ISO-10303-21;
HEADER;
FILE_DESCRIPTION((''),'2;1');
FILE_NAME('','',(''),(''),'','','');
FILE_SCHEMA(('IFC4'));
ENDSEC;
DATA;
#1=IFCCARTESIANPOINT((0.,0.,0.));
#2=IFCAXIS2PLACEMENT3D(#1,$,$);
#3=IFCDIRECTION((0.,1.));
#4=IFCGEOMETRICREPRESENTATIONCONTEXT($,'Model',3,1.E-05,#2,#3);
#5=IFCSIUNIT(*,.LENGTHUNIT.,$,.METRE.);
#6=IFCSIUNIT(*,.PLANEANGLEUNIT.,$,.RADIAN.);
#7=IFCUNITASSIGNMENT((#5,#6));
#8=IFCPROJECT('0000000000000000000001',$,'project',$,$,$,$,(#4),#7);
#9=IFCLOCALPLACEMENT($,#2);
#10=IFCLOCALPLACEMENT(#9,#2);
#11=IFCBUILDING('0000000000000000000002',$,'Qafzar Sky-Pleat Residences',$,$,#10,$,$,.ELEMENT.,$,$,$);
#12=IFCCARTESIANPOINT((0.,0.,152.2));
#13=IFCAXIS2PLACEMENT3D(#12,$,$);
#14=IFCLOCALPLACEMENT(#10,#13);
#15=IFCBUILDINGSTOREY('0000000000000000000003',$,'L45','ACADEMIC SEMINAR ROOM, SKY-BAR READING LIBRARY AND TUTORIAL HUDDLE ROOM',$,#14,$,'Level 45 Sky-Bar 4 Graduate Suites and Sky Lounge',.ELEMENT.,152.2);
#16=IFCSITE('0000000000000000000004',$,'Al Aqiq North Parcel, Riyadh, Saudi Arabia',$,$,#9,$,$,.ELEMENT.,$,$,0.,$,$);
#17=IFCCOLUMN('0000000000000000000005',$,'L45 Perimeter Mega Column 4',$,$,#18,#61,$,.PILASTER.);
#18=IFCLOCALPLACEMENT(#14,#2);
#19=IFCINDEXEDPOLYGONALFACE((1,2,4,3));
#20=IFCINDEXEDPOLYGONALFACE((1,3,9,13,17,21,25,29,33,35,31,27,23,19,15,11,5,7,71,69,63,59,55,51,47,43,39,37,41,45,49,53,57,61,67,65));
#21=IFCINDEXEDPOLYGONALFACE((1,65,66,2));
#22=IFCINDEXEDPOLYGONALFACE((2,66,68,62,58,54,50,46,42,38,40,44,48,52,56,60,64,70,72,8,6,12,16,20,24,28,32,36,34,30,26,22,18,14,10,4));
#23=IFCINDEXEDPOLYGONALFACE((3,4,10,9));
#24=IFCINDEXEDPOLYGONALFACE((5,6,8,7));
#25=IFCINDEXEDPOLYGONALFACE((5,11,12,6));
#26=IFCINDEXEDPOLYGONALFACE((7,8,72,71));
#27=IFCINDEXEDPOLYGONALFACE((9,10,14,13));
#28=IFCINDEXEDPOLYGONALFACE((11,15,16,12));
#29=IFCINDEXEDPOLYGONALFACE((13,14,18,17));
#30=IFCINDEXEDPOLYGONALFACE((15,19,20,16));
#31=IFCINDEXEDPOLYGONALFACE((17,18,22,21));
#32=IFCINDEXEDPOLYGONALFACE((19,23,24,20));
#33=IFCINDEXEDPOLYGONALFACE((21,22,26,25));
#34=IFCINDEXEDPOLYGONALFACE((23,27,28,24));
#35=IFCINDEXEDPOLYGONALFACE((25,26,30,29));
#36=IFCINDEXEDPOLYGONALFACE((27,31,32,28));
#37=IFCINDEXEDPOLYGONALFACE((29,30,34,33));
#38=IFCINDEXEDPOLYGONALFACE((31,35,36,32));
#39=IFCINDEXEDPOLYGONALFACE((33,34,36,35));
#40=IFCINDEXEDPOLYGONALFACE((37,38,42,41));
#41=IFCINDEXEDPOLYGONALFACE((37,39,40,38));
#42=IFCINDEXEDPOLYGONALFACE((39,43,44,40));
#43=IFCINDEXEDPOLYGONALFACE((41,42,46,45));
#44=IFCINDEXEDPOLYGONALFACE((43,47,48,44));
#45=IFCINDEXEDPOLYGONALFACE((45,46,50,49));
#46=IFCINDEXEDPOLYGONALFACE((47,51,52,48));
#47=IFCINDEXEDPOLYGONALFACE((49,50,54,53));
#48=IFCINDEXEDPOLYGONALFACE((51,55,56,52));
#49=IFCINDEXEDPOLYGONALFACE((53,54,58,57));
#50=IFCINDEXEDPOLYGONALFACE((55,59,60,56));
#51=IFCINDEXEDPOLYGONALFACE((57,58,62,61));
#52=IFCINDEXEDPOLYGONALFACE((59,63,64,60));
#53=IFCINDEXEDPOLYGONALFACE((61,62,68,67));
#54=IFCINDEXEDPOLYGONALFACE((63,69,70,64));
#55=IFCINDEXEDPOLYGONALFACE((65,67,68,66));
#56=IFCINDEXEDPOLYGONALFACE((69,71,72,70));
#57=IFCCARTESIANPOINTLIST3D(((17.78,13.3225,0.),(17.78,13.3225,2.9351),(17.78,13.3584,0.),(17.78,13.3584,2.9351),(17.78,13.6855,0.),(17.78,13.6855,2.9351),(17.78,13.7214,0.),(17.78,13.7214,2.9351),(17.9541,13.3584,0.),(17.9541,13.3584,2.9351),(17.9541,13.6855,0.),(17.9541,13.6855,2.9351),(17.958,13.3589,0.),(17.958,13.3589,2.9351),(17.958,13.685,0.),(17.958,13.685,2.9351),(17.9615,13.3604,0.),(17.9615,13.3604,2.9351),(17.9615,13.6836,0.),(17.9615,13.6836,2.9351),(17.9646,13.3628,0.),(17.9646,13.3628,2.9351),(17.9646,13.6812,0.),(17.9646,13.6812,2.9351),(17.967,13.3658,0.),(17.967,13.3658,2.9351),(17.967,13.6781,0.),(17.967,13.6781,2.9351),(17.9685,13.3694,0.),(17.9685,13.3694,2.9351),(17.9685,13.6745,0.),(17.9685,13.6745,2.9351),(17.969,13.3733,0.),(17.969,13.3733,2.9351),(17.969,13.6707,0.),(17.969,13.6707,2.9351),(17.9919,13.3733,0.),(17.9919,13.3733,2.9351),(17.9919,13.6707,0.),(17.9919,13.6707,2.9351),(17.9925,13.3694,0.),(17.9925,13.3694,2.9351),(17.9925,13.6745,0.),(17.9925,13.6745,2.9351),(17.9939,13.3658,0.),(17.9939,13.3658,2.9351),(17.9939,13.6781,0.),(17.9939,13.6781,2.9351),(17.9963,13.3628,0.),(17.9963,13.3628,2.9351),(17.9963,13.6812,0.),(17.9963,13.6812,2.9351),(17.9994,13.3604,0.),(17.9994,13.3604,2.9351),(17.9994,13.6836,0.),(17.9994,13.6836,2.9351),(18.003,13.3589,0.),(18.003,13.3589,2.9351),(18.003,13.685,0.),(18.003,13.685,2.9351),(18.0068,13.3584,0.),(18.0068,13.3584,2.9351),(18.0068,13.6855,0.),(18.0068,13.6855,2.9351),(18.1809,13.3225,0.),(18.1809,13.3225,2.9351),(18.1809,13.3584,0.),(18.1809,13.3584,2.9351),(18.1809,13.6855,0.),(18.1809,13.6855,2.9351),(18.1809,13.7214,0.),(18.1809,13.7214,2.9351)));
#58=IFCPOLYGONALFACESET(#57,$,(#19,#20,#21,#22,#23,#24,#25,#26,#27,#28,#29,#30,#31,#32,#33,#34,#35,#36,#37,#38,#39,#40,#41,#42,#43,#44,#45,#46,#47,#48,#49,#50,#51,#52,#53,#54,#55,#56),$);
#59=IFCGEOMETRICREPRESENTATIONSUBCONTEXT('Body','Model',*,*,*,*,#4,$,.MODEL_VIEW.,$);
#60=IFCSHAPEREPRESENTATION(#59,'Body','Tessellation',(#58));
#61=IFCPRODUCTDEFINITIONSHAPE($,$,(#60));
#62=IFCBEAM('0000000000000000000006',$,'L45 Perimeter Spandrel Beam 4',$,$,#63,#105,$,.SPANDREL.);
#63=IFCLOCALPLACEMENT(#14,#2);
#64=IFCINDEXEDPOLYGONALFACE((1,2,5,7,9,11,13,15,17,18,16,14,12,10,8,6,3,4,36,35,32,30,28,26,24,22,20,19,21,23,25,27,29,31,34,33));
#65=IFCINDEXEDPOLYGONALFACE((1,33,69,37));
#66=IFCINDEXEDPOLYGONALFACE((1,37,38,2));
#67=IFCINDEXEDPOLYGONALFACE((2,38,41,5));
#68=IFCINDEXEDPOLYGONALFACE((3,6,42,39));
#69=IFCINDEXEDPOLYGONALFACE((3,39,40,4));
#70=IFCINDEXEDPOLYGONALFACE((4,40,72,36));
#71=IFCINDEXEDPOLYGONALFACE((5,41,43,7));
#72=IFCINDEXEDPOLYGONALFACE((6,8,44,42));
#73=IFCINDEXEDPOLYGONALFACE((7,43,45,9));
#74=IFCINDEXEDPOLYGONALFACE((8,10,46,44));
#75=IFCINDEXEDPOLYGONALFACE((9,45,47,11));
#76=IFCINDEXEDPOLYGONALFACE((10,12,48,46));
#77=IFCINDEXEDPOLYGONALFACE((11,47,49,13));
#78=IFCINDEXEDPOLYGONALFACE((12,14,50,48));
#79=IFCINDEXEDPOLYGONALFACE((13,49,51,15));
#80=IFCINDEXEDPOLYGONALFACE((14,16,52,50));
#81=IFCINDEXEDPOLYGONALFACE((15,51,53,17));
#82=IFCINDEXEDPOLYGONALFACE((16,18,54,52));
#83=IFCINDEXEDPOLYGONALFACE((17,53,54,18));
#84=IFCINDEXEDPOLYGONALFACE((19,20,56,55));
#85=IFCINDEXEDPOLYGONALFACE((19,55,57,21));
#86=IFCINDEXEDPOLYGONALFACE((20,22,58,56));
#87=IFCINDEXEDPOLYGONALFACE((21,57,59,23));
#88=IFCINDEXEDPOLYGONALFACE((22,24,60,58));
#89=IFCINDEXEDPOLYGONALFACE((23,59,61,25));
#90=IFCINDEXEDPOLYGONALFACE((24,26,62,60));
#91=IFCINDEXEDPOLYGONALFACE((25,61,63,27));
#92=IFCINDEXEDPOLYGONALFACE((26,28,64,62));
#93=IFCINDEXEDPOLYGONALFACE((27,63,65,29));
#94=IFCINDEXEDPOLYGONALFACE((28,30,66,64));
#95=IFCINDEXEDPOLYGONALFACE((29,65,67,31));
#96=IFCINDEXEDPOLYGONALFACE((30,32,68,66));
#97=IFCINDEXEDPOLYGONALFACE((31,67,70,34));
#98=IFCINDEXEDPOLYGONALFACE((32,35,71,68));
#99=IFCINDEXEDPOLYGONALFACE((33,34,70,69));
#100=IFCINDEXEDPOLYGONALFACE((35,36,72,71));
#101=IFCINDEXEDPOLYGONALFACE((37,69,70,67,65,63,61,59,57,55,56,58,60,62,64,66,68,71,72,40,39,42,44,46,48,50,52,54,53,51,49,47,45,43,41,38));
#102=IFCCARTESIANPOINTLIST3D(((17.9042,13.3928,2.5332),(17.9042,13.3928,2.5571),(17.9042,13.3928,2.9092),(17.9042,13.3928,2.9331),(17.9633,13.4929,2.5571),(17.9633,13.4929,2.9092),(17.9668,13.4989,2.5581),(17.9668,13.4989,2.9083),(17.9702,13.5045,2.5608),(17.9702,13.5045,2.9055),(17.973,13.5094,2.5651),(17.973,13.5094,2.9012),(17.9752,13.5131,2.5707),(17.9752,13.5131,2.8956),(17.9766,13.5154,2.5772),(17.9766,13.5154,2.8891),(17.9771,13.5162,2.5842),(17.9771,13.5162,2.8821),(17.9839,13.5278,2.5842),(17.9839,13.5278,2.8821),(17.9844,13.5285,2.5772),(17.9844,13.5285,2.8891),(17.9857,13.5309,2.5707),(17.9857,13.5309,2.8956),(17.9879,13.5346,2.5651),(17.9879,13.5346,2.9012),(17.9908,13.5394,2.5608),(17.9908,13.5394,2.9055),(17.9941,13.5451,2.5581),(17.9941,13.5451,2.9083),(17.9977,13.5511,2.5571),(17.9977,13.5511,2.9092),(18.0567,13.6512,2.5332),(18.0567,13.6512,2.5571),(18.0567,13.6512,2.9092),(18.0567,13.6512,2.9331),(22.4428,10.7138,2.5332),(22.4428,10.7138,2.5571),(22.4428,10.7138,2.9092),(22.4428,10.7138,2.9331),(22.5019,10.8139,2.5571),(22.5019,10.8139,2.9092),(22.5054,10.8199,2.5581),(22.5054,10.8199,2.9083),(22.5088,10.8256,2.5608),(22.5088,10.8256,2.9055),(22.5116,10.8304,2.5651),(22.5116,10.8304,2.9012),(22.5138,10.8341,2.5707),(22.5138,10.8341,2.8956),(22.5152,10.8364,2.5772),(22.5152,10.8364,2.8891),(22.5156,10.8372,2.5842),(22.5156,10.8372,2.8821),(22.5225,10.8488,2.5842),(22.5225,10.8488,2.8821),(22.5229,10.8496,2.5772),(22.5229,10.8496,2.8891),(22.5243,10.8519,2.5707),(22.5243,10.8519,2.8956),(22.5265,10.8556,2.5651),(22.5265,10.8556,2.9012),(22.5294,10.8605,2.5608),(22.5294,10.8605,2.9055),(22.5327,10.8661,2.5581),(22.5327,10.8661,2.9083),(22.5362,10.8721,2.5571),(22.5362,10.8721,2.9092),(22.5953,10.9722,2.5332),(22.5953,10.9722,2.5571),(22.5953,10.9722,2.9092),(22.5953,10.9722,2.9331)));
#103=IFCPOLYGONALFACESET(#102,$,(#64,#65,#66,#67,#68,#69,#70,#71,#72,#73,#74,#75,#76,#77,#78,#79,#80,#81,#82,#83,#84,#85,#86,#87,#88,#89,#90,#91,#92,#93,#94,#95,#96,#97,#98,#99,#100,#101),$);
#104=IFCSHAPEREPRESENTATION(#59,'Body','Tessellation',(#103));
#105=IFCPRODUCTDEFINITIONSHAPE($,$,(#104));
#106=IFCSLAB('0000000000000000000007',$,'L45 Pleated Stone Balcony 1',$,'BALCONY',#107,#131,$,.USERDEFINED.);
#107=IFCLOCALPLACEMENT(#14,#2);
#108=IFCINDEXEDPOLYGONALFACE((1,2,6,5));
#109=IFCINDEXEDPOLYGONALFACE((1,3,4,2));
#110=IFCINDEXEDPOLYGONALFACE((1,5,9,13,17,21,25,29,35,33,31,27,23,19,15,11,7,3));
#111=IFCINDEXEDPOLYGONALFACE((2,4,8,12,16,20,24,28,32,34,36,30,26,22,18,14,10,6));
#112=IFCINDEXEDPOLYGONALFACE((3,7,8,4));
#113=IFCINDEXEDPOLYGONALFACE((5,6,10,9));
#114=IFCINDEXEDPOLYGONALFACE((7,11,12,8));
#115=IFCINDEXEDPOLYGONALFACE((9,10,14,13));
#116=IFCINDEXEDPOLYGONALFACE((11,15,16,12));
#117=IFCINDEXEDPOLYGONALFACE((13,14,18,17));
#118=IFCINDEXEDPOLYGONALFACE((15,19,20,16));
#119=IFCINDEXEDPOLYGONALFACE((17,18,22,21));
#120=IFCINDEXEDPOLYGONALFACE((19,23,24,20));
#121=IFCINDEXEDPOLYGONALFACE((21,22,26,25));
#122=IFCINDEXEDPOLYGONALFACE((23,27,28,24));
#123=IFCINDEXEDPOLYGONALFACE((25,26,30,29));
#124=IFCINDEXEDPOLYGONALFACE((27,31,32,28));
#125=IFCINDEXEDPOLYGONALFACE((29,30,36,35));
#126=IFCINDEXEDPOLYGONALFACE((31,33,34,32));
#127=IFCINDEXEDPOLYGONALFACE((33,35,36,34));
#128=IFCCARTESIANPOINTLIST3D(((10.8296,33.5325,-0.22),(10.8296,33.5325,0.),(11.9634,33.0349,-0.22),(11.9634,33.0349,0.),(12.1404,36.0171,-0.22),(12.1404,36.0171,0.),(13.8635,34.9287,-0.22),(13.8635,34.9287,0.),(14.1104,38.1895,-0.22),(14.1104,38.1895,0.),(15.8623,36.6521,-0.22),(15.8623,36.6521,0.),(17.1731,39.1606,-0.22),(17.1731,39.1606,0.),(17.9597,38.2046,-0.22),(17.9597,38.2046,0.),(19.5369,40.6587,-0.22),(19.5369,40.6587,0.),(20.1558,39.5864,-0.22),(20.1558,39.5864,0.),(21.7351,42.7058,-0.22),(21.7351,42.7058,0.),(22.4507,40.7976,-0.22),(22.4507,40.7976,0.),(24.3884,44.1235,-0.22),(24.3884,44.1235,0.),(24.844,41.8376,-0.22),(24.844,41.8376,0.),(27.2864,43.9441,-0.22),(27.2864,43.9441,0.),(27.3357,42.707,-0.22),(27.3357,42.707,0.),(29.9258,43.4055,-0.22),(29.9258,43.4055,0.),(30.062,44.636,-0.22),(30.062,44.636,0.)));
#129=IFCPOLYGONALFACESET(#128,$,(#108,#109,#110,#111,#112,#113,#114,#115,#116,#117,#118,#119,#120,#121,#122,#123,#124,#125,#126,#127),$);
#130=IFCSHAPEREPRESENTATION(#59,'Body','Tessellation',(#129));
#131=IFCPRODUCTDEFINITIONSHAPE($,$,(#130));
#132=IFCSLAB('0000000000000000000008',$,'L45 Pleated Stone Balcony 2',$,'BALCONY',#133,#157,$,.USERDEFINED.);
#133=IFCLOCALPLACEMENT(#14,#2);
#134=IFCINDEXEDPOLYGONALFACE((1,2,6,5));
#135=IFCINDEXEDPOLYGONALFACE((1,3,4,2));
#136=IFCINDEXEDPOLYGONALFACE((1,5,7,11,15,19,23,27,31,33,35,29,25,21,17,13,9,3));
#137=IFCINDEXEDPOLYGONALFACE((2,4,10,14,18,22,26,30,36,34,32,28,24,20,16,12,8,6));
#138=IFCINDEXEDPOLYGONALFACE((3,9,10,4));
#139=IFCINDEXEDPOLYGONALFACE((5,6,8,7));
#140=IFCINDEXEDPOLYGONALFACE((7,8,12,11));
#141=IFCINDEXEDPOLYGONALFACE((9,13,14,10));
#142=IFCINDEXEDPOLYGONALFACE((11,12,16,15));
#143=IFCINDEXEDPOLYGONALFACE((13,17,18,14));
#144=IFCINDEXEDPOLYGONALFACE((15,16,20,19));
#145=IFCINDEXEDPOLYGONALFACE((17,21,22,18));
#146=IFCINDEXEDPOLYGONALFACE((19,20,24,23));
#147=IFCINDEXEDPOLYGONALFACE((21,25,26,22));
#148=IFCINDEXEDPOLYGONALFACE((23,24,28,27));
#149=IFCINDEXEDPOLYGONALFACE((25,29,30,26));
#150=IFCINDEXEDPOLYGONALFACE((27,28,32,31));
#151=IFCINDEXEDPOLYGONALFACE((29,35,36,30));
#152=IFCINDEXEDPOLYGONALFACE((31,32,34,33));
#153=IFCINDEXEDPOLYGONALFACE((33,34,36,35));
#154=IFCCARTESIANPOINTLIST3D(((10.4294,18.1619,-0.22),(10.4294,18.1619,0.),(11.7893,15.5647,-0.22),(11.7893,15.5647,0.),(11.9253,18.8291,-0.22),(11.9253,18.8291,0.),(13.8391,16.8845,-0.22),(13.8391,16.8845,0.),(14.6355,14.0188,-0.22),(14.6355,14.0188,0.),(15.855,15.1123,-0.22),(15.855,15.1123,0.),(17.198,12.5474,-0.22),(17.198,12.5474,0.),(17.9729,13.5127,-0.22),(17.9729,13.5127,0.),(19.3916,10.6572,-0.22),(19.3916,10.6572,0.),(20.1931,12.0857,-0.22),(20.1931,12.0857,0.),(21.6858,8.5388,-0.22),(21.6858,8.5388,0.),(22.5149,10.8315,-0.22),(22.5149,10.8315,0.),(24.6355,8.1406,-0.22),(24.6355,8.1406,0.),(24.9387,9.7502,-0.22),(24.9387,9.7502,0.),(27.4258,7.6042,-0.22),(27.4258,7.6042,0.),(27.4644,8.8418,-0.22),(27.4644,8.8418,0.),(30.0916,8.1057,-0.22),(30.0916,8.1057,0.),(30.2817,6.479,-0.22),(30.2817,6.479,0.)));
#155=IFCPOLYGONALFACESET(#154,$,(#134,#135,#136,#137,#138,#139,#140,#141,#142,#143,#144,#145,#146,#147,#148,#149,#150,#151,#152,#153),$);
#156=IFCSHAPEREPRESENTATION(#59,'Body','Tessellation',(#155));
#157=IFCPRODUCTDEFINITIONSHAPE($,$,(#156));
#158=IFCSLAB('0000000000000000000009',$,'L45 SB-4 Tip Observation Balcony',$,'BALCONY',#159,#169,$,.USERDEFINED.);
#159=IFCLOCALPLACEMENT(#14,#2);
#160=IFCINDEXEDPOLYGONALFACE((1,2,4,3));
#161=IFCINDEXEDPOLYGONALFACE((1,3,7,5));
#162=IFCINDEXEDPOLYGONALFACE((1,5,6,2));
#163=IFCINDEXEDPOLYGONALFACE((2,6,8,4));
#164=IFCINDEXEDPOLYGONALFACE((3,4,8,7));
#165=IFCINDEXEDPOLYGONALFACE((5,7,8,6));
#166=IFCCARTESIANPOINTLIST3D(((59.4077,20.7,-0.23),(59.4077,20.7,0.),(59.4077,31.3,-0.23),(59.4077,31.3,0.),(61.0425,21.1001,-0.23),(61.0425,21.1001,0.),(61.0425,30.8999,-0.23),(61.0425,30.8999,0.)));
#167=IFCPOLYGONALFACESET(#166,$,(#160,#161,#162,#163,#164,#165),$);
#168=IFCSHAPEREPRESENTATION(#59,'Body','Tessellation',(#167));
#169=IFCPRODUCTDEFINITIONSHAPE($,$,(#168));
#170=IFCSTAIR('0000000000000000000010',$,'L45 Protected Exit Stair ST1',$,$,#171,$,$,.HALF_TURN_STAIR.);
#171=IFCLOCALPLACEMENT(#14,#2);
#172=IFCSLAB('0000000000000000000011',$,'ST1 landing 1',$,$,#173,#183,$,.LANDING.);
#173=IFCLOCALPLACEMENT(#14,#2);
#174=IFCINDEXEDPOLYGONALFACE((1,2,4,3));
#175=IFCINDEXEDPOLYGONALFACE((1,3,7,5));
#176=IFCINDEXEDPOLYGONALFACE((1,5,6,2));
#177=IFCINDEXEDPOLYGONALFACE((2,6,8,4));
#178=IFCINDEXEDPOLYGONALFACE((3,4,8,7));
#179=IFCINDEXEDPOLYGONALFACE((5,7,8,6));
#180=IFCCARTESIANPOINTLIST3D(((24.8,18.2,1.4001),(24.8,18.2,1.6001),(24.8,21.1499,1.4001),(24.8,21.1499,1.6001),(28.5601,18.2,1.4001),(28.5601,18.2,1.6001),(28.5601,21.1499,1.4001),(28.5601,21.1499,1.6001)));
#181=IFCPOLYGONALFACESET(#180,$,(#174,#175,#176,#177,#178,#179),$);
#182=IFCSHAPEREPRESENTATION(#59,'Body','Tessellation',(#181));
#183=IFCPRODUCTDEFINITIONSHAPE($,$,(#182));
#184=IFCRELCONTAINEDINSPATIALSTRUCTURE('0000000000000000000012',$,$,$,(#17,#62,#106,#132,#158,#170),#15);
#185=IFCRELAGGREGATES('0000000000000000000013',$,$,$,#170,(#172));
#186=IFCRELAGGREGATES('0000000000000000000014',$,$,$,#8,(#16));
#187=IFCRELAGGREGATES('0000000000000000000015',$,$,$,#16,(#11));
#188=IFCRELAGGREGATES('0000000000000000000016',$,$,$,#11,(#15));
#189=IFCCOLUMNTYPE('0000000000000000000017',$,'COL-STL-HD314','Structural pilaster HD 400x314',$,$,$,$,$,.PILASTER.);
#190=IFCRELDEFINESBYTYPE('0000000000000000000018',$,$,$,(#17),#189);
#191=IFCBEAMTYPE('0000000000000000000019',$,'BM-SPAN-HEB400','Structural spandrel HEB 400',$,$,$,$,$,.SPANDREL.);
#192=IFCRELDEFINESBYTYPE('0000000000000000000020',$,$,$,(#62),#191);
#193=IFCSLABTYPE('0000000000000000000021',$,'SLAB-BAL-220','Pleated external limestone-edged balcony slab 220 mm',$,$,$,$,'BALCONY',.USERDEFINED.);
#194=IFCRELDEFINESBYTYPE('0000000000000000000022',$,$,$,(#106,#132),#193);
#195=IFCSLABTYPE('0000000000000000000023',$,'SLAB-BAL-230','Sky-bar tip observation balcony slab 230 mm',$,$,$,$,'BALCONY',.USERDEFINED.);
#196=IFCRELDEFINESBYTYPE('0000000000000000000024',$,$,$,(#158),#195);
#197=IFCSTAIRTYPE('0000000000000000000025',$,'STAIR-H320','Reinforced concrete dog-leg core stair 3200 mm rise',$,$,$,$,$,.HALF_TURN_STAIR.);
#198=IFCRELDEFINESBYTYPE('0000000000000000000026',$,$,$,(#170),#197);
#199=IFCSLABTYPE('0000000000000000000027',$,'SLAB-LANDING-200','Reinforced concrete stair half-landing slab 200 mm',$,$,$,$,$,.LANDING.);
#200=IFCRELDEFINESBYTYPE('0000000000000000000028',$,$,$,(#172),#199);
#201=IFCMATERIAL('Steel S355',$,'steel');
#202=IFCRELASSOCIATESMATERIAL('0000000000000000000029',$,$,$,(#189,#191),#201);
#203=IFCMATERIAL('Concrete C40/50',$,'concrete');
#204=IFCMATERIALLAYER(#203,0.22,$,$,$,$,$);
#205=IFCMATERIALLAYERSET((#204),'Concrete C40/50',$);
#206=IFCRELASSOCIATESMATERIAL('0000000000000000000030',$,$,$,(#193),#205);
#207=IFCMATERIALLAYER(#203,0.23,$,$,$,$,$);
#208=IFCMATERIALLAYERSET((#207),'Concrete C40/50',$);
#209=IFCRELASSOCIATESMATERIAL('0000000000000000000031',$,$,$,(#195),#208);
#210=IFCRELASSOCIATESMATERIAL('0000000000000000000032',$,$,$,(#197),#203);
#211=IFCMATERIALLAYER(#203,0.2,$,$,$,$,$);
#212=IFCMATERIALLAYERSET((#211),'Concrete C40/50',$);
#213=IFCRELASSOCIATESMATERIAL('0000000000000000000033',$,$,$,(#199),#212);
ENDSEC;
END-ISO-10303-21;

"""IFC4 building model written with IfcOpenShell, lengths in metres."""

from ifc_helpers import new_model, si_unit, direction, frame, origin, origin_2d, place, context, subcontext, project, spatial, polyline, i_section, outline, extrude, source, transform, mapped, material, layer, layer_set, material_profile, profile_set, type_object, element, aggregate, save


model = new_model("IFC4")

# Units and contexts
model_context = context("Model", 3, precision=1e-05, world=origin(), true_north=direction((0.0, 1.0)))
body_context = subcontext(model_context, "Body", "Model", "MODEL_VIEW")
ifc_project = project(units=[si_unit("LENGTHUNIT", "METRE"), si_unit("PLANEANGLEUNIT", "RADIAN")], contexts=[model_context])

# Site, building, storey
site_placement = place(None, origin())
site = spatial("IfcSite", under=ifc_project, at=site_placement, Name="Al Aqiq North Parcel, Riyadh, Saudi Arabia", CompositionType="ELEMENT", RefElevation=0.0)
building_placement = place(site_placement, origin())
building = spatial("IfcBuilding", under=site, at=building_placement, Name="Qafzar Sky-Pleat Residences", CompositionType="ELEMENT")
storey_placement = place(building_placement, frame((0.0, 0.0, 152.2)))
storey = spatial("IfcBuildingStorey", under=building, at=storey_placement, Name="L45", Description="ACADEMIC SEMINAR ROOM, SKY-BAR READING LIBRARY AND TUTORIAL HUDDLE ROOM", LongName="Level 45 Sky-Bar 4 Graduate Suites and Sky Lounge", CompositionType="ELEMENT", Elevation=152.2)

# Column
ifc_material_1 = material(Name="Steel S355", Category="steel")
ifc_material_profile_1 = material_profile(ifc_material_1, i_section(OverallWidth=0.4009, OverallDepth=0.3989, WebThickness=0.0229, FlangeThickness=0.0359, FilletRadius=0.0149, at=origin_2d()), Name="HD 400x314")
ifc_profile_set_1 = profile_set([ifc_material_profile_1], Name="Steel S355")
column_type = type_object("IfcColumnType", Name="COL-STL-HD314", Description="Structural pilaster HD 400x314", PredefinedType="PILASTER", material=ifc_profile_set_1)
shared_shape_1 = source(origin(), body_context, "Body", "SweptSolid", [
    extrude(i_section(OverallWidth=0.4009, OverallDepth=0.3989, WebThickness=0.0229, FlangeThickness=0.0359, FilletRadius=0.0149, at=origin_2d()), origin(), (0.0, 0.0, 1.0), 2.9351),
])
column_placement = place(storey_placement, frame((17.9805, 13.522, 0.0), z_axis=(0.0, 0.0, 1.0), x_axis=(1.0, 0.0, 0.0)))
element("IfcColumn", 1, at=column_placement, inside=storey, type_object=column_type, Name="L45 Perimeter Mega Column 4", PredefinedType="PILASTER", context=body_context, shape_type="MappedRepresentation", body=[
    mapped(shared_shape_1, transform((0.0, 0.0, 0.0), x_axis=(1.0, 0.0, 0.0), y_axis=(0.0, 1.0, 0.0), z_axis=(0.0, 0.0, 1.0), scale=1.0)),
])

# Beam
ifc_material_profile_2 = material_profile(ifc_material_1, i_section(OverallWidth=0.3, OverallDepth=0.3999, WebThickness=0.0134, FlangeThickness=0.0239, FilletRadius=0.0271, at=origin_2d()), Name="HEB 400")
ifc_profile_set_2 = profile_set([ifc_material_profile_2], Name="Steel S355")
beam_type = type_object("IfcBeamType", Name="BM-SPAN-HEB400", Description="Structural spandrel HEB 400", PredefinedType="SPANDREL", material=ifc_profile_set_2)
shared_shape_2 = source(origin(), body_context, "Body", "SweptSolid", [
    extrude(i_section(OverallWidth=0.3, OverallDepth=0.3999, WebThickness=0.0134, FlangeThickness=0.0239, FilletRadius=0.0271, at=origin_2d()), origin(), (0.0, 0.0, 1.0), 5.2703),
])
beam_placement = place(storey_placement, frame((17.9805, 13.522, 2.7332), z_axis=(0.86117, -0.508317, 0.0), x_axis=(0.508317, 0.86117, 0.0)))
element("IfcBeam", 2, at=beam_placement, inside=storey, type_object=beam_type, Name="L45 Perimeter Spandrel Beam 4", PredefinedType="SPANDREL", context=body_context, shape_type="MappedRepresentation", body=[
    mapped(shared_shape_2, transform((0.0, 0.0, 0.0), x_axis=(1.0, 0.0, 0.0), y_axis=(0.0, 1.0, 0.0), z_axis=(0.0, 0.0, 1.0), scale=1.0)),
])

# Slabs
ifc_material_2 = material(Name="Concrete C40/50", Category="concrete")
ifc_layer_1 = layer(ifc_material_2, 0.22)
ifc_layer_set_1 = layer_set([ifc_layer_1], Name="Concrete C40/50")
slab_type_1 = type_object("IfcSlabType", Name="SLAB-BAL-220", Description="Pleated external limestone-edged balcony slab 220 mm", ElementType="BALCONY", PredefinedType="USERDEFINED", material=ifc_layer_set_1)
slab_1_placement = place(storey_placement, frame((0.0, 0.0, -0.22)))
element("IfcSlab", 3, at=slab_1_placement, inside=storey, type_object=slab_type_1, Name="L45 Pleated Stone Balcony 1", ObjectType="BALCONY", PredefinedType="USERDEFINED", context=body_context, shape_type="SweptSolid", body=[
    extrude(outline(polyline([(27.3357, 42.707), (24.844, 41.8376), (22.4507, 40.7976), (20.1558, 39.5864), (17.9597, 38.2046), (15.8623, 36.6521), (13.8635, 34.9287), (11.9634, 33.0349), (10.8296, 33.5325), (12.1404, 36.0171), (14.1104, 38.1895), (17.1731, 39.1606), (19.5369, 40.6587), (21.7351, 42.7058), (24.3884, 44.1235), (27.2864, 43.9441), (30.062, 44.636), (29.9258, 43.4055), (27.3357, 42.707)])), origin(), (0.0, 0.0, 1.0), 0.22),
])
slab_2_placement = place(storey_placement, frame((0.0, 0.0, -0.22)))
element("IfcSlab", 4, at=slab_2_placement, inside=storey, type_object=slab_type_1, Name="L45 Pleated Stone Balcony 2", ObjectType="BALCONY", PredefinedType="USERDEFINED", context=body_context, shape_type="SweptSolid", body=[
    extrude(outline(polyline([(13.8391, 16.8845), (15.855, 15.1123), (17.9729, 13.5127), (20.1931, 12.0857), (22.5149, 10.8315), (24.9387, 9.7502), (27.4644, 8.8418), (30.0916, 8.1057), (30.2817, 6.479), (27.4258, 7.6042), (24.6355, 8.1406), (21.6858, 8.5388), (19.3916, 10.6572), (17.198, 12.5474), (14.6355, 14.0188), (11.7893, 15.5647), (10.4294, 18.1619), (11.9253, 18.8291), (13.8391, 16.8845)])), origin(), (0.0, 0.0, 1.0), 0.22),
])
ifc_layer_2 = layer(ifc_material_2, 0.23)
ifc_layer_set_2 = layer_set([ifc_layer_2], Name="Concrete C40/50")
slab_type_2 = type_object("IfcSlabType", Name="SLAB-BAL-230", Description="Sky-bar tip observation balcony slab 230 mm", ElementType="BALCONY", PredefinedType="USERDEFINED", material=ifc_layer_set_2)
slab_3_placement = place(storey_placement, frame((0.0, 0.0, -0.23)))
element("IfcSlab", 5, at=slab_3_placement, inside=storey, type_object=slab_type_2, Name="L45 SB-4 Tip Observation Balcony", ObjectType="BALCONY", PredefinedType="USERDEFINED", context=body_context, shape_type="SweptSolid", body=[
    extrude(outline(polyline([(59.4077, 20.7), (61.0425, 21.1001), (61.0425, 30.8999), (59.4077, 31.3), (59.4077, 20.7)])), origin(), (0.0, 0.0, 1.0), 0.23),
])

# Stair, slab
stair_type = type_object("IfcStairType", Name="STAIR-H320", Description="Reinforced concrete dog-leg core stair 3200 mm rise", PredefinedType="HALF_TURN_STAIR", material=ifc_material_2)
stair_1_placement = place(storey_placement, origin())
stair_1 = element("IfcStair", 6, at=stair_1_placement, inside=storey, type_object=stair_type, Name="L45 Protected Exit Stair ST1", PredefinedType="HALF_TURN_STAIR")
ifc_layer_3 = layer(ifc_material_2, 0.2)
ifc_layer_set_3 = layer_set([ifc_layer_3], Name="Concrete C40/50")
slab_type_3 = type_object("IfcSlabType", Name="SLAB-LANDING-200", Description="Reinforced concrete stair half-landing slab 200 mm", PredefinedType="LANDING", material=ifc_layer_set_3)
slab_4_placement = place(storey_placement, frame((0.0, 0.0, 1.4001)))
slab_4 = element("IfcSlab", 7, at=slab_4_placement, type_object=slab_type_3, Name="ST1 landing 1", PredefinedType="LANDING", context=body_context, shape_type="SweptSolid", body=[
    extrude(outline(polyline([(28.5601, 21.1499), (24.8, 21.1499), (24.8, 18.2), (28.5601, 18.2), (28.5601, 21.1499)])), origin(), (0.0, 0.0, 1.0), 0.2),
])
aggregate(stair_1, [slab_4])

save(model, "model.ifc")
